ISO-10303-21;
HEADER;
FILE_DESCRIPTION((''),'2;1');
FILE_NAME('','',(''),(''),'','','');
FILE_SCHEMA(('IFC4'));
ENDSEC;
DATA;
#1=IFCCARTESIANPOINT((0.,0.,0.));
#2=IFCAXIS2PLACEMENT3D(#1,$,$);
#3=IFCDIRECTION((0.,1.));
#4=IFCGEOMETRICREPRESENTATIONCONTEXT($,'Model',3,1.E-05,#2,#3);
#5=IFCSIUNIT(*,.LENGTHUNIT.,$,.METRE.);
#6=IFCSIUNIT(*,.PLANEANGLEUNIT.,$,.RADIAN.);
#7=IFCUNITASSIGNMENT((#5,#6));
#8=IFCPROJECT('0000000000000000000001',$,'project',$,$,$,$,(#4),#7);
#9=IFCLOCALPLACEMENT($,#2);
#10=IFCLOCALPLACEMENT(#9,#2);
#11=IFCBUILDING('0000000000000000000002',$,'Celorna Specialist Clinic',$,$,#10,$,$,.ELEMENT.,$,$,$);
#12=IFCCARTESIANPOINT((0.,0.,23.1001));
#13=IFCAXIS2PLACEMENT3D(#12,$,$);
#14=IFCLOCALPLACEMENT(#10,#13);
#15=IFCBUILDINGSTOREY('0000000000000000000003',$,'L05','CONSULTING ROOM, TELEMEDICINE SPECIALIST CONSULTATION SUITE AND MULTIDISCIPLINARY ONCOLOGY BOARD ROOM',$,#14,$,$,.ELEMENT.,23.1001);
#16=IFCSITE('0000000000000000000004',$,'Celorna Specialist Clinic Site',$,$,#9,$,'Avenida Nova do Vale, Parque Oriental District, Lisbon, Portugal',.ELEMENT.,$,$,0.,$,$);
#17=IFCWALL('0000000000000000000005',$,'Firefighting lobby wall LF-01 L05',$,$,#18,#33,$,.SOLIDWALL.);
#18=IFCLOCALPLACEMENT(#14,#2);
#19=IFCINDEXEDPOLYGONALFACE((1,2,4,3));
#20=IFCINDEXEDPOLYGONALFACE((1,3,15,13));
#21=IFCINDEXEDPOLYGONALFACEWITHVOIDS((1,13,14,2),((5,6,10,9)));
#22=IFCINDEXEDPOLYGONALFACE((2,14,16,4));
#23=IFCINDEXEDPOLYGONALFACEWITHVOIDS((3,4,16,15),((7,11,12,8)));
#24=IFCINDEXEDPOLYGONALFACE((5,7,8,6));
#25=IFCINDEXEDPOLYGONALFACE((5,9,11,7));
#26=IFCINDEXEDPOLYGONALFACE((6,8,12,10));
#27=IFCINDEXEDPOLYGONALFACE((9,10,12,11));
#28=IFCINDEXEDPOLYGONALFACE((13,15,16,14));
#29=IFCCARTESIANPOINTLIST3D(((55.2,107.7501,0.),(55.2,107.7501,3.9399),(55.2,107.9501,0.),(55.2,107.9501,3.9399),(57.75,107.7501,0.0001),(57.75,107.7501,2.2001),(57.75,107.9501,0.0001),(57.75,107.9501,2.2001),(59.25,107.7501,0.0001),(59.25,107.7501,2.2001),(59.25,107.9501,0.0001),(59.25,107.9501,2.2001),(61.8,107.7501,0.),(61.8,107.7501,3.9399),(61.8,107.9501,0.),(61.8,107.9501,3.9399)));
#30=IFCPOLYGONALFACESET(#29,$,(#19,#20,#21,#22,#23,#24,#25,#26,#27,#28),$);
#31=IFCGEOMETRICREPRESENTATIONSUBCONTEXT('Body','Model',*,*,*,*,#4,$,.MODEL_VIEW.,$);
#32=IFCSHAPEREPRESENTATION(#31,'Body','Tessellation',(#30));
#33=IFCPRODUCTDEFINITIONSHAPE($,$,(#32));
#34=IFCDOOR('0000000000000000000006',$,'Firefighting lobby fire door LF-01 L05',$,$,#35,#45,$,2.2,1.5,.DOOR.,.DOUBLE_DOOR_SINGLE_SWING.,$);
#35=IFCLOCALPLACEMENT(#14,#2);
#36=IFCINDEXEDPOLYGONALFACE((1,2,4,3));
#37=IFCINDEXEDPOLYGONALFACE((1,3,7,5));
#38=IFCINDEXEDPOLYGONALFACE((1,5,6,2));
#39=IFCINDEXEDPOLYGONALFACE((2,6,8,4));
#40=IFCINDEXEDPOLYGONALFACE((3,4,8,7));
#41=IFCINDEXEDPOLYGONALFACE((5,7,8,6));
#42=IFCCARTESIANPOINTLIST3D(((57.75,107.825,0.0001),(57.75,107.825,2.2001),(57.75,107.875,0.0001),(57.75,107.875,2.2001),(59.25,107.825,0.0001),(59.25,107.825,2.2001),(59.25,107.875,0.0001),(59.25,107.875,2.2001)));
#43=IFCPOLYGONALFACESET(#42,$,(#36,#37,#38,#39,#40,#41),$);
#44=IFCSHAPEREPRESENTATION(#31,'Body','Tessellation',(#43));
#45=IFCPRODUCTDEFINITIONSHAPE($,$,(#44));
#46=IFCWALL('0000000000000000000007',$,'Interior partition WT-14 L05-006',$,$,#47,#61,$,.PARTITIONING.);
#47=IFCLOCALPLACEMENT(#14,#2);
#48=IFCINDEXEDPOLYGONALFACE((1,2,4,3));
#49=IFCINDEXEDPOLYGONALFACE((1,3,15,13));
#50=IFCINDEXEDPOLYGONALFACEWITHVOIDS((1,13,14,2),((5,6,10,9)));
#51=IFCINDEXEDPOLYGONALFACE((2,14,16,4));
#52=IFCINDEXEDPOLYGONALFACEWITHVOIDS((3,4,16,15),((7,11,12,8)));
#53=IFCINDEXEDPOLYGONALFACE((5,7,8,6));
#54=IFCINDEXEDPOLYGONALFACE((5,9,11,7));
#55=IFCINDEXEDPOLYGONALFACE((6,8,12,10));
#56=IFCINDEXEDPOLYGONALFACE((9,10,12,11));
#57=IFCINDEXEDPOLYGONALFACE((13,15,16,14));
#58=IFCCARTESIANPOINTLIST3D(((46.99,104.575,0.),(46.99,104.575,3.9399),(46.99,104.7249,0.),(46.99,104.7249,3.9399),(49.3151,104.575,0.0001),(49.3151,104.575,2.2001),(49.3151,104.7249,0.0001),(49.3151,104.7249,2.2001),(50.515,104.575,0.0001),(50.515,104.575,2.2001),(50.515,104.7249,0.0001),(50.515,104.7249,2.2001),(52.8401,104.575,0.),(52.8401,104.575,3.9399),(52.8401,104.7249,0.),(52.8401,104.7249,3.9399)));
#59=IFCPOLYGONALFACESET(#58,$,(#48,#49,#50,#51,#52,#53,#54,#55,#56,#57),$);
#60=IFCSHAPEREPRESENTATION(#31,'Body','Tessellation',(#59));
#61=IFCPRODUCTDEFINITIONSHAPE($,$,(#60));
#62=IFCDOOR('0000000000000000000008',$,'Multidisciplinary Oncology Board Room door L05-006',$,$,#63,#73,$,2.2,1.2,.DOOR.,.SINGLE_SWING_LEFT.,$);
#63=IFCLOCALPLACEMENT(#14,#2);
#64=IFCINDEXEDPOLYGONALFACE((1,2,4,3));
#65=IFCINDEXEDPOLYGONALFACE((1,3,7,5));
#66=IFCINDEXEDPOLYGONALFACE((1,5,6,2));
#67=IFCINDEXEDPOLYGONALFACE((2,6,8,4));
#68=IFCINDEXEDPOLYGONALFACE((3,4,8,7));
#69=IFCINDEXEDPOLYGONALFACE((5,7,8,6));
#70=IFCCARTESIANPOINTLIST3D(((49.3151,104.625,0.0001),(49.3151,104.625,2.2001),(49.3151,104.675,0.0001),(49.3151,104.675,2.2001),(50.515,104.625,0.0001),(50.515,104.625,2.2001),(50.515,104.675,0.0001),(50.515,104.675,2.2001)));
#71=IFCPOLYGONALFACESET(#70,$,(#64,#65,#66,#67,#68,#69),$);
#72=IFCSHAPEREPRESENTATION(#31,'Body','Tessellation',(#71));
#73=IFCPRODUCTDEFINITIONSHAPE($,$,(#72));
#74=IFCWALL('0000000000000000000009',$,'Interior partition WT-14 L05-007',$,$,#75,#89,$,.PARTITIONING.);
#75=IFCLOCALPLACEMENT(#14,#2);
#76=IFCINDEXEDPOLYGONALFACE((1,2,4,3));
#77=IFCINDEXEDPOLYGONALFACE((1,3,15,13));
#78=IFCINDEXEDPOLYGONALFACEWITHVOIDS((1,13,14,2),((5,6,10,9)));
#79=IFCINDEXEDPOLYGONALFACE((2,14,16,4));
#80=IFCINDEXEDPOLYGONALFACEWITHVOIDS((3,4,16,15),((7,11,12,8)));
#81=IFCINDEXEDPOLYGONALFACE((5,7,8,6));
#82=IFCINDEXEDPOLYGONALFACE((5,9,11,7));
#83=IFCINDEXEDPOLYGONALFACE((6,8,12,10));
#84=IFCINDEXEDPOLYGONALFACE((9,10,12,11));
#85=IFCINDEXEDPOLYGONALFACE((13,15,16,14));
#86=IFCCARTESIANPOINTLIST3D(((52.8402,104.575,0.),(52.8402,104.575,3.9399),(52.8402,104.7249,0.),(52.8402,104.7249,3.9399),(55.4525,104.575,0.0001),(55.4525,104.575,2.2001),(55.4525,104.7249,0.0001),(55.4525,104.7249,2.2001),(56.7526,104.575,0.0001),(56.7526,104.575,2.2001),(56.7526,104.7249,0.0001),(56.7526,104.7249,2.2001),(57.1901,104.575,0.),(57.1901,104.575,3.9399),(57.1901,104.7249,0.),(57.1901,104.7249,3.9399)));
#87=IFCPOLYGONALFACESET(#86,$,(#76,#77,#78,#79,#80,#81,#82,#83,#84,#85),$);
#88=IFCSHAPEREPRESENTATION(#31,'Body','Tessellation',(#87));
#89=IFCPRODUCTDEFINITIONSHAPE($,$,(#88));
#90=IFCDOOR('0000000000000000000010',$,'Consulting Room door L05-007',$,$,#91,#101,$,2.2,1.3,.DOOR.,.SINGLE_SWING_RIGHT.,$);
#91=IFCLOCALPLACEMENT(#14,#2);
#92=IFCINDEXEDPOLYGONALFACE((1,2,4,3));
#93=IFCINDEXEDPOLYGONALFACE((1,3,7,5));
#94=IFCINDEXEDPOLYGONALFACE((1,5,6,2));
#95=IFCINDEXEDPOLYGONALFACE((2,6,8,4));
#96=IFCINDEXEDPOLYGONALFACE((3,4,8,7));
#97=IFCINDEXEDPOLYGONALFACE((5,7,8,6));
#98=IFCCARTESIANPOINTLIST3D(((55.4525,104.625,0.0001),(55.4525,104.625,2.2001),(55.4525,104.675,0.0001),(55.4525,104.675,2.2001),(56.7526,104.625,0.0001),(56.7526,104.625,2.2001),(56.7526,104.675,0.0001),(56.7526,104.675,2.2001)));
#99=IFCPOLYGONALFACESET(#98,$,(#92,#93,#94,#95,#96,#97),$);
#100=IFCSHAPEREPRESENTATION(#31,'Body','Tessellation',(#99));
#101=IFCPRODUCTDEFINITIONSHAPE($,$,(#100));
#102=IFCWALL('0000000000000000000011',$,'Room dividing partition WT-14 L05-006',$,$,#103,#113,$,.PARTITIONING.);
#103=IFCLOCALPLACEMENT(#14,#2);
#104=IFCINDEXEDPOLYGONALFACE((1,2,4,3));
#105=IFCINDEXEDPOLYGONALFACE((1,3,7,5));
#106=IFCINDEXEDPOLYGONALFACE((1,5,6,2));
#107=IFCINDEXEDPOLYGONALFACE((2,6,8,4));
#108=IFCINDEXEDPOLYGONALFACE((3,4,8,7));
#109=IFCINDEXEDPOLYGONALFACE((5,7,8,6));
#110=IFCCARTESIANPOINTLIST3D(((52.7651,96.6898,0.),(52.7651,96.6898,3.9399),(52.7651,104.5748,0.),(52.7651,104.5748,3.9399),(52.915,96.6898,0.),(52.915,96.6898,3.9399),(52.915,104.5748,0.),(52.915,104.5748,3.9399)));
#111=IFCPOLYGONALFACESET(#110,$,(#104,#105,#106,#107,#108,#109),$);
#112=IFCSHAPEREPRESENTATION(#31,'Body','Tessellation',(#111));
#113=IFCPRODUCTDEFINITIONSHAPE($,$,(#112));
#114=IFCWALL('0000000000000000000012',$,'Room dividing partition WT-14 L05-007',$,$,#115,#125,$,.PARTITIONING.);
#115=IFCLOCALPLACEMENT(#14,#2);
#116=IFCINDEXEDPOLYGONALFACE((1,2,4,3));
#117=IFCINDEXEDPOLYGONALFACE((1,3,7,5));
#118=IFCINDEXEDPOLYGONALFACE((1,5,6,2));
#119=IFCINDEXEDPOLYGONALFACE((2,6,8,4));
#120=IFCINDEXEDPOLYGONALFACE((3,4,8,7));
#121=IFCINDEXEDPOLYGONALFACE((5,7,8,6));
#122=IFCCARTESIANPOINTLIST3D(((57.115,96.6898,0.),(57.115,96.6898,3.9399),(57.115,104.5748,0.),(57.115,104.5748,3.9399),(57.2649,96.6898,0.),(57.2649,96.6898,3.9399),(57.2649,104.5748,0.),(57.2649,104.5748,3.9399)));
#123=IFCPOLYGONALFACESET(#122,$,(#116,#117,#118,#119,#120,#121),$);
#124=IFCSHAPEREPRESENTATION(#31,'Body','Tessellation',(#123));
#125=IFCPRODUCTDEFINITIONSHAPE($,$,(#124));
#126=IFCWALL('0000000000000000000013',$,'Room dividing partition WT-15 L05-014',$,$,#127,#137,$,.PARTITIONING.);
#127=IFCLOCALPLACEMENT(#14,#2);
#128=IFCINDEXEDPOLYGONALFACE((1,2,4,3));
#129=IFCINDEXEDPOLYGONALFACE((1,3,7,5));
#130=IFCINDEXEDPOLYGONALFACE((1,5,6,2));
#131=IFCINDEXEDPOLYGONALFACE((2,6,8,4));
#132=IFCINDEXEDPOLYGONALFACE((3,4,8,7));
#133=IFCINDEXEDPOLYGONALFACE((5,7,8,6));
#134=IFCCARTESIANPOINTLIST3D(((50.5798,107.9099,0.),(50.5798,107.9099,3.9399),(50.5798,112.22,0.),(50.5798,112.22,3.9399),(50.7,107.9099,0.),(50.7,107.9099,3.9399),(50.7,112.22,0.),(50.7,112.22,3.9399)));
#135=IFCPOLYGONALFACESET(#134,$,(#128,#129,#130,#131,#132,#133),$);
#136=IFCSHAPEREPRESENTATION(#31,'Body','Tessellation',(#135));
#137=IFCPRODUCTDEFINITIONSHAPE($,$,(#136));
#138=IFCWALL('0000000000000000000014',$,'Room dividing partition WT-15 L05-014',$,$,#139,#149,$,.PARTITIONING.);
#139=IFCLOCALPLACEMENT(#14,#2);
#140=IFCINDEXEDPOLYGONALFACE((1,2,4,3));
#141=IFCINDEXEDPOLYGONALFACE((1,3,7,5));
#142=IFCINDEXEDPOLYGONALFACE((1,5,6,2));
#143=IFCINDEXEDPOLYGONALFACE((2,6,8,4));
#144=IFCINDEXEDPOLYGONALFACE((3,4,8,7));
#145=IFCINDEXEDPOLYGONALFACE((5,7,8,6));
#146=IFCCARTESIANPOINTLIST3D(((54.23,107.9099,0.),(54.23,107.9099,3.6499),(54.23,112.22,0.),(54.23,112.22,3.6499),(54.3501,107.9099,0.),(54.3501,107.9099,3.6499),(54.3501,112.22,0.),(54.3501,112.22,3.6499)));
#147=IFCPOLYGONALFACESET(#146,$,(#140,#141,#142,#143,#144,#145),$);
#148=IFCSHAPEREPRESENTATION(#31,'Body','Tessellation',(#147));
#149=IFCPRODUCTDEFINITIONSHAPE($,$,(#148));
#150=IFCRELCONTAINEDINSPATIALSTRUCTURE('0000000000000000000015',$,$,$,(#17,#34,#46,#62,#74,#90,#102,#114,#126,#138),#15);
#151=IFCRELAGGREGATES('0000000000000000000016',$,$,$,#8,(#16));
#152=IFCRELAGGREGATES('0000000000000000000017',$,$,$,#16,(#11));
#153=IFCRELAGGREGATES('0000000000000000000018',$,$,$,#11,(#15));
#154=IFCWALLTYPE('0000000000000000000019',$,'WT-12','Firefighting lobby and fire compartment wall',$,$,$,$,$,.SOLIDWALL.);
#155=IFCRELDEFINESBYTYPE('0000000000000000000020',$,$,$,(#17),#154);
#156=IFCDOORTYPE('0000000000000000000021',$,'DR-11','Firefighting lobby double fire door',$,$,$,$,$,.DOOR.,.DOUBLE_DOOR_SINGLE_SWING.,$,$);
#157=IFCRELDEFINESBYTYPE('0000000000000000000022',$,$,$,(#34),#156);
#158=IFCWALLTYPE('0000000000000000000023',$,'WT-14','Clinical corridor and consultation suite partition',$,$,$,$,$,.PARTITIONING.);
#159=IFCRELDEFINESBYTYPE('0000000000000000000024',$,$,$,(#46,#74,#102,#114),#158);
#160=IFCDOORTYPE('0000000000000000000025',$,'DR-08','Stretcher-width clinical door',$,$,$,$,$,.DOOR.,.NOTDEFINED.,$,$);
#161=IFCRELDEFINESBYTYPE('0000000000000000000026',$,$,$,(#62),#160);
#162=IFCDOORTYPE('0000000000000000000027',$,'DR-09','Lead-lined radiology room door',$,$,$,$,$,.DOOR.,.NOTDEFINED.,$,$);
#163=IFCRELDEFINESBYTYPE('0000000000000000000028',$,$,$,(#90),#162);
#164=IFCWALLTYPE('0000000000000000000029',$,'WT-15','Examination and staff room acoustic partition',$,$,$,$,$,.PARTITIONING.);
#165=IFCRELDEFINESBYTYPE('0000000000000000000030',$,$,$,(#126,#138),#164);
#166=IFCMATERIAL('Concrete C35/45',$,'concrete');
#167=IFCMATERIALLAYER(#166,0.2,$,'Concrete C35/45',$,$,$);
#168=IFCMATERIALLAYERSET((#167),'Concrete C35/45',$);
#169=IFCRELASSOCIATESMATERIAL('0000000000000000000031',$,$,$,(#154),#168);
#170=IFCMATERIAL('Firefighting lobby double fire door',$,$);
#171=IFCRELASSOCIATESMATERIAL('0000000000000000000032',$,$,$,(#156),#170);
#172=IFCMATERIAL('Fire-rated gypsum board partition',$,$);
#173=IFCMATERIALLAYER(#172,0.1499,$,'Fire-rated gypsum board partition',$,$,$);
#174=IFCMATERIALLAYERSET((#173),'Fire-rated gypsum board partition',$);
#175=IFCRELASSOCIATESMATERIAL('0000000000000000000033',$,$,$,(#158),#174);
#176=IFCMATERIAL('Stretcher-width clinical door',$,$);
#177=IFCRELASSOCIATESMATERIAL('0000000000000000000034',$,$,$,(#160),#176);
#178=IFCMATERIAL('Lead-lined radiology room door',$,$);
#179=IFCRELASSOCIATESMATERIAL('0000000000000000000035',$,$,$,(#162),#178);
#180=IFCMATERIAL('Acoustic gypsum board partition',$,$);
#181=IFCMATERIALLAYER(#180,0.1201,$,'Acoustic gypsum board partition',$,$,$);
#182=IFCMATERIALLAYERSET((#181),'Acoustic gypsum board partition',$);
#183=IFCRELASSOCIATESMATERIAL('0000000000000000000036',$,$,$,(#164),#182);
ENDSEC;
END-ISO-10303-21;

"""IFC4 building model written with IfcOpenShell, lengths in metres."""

from ifc_helpers import new_model, si_unit, direction, frame, frame_2d, origin, place, context, subcontext, project, spatial, rectangle, extrude, material, layer, layer_set, type_object, element, fill, save


model = new_model("IFC4")

# Units and contexts
model_context = context("Model", 3, precision=1e-05, world=origin(), true_north=direction((0.0, 1.0)))
body_context = subcontext(model_context, "Body", "Model", "MODEL_VIEW")
ifc_project = project(units=[si_unit("LENGTHUNIT", "METRE"), si_unit("PLANEANGLEUNIT", "RADIAN")], contexts=[model_context])

# Site, building, storey
site_placement = place(None, origin())
site = spatial("IfcSite", under=ifc_project, at=site_placement, Name="Celorna Specialist Clinic Site", LongName="Avenida Nova do Vale, Parque Oriental District, Lisbon, Portugal", CompositionType="ELEMENT", RefElevation=0.0)
building_placement = place(site_placement, origin())
building = spatial("IfcBuilding", under=site, at=building_placement, Name="Celorna Specialist Clinic", CompositionType="ELEMENT")
storey_placement = place(building_placement, frame((0.0, 0.0, 23.1001)))
storey = spatial("IfcBuildingStorey", under=building, at=storey_placement, Name="L05", Description="CONSULTING ROOM, TELEMEDICINE SPECIALIST CONSULTATION SUITE AND MULTIDISCIPLINARY ONCOLOGY BOARD ROOM", CompositionType="ELEMENT", Elevation=23.1001)

# Shared definitions
ifc_material_1 = material(Name="Concrete C35/45", Category="concrete")

# Walls, openings, doors
ifc_layer_1 = layer(ifc_material_1, 0.2, Name="Concrete C35/45")
ifc_layer_set_1 = layer_set([ifc_layer_1], Name="Concrete C35/45")
wall_type_1 = type_object("IfcWallType", Name="WT-12", Description="Firefighting lobby and fire compartment wall", PredefinedType="SOLIDWALL", material=ifc_layer_set_1)
wall_1_placement = place(storey_placement, frame((55.2, 107.8501, 0.0), z_axis=(0.0, 0.0, 1.0), x_axis=(1.0, 0.0, 0.0)))
wall_1 = element("IfcWall", 1, at=wall_1_placement, inside=storey, type_object=wall_type_1, Name="Firefighting lobby wall LF-01 L05", PredefinedType="SOLIDWALL", context=body_context, shape_type="SweptSolid", body=[
    extrude(rectangle(XDim=6.6001, YDim=0.2, at=frame_2d((3.3, 0.0))), origin(), (0.0, 0.0, 1.0), 3.9399),
])
opening_1_placement = place(wall_1_placement, frame((2.55, 0.0, 0.0)))
opening_1 = element("IfcOpeningElement", 2, at=opening_1_placement, cuts=wall_1, PredefinedType="OPENING", context=body_context, shape_type="SweptSolid", body=[
    extrude(rectangle(XDim=1.5, YDim=2.2, at=frame_2d((0.75, 1.1001))), frame((0.0, 0.1099, 0.0), z_axis=(0.0, -1.0, 0.0), x_axis=(1.0, 0.0, 0.0)), (0.0, 0.0, 1.0), 0.22),
])
ifc_material_2 = material(Name="Firefighting lobby double fire door")
door_type_1 = type_object("IfcDoorType", Name="DR-11", Description="Firefighting lobby double fire door", OperationType="DOUBLE_DOOR_SINGLE_SWING", PredefinedType="DOOR", material=ifc_material_2)
door_1_placement = place(opening_1_placement, origin())
door_1 = element("IfcDoor", 3, at=door_1_placement, inside=storey, type_object=door_type_1, Name="Firefighting lobby fire door LF-01 L05", OperationType="DOUBLE_DOOR_SINGLE_SWING", OverallHeight=2.2, OverallWidth=1.5, PredefinedType="DOOR", context=body_context, shape_type="SweptSolid", body=[
    extrude(rectangle(XDim=1.5, YDim=2.2, at=frame_2d((0.75, 1.1001))), frame((0.0, 0.0249, 0.0), z_axis=(0.0, -1.0, 0.0), x_axis=(1.0, 0.0, 0.0)), (0.0, 0.0, 1.0), 0.05),
])
fill(opening_1, door_1)
ifc_material_3 = material(Name="Fire-rated gypsum board partition")
ifc_layer_2 = layer(ifc_material_3, 0.1499, Name="Fire-rated gypsum board partition")
ifc_layer_set_2 = layer_set([ifc_layer_2], Name="Fire-rated gypsum board partition")
wall_type_2 = type_object("IfcWallType", Name="WT-14", Description="Clinical corridor and consultation suite partition", PredefinedType="PARTITIONING", material=ifc_layer_set_2)
wall_2_placement = place(storey_placement, frame((52.8401, 104.6499, 0.0), z_axis=(0.0, 0.0, 1.0), x_axis=(-1.0, 0.0, 0.0)))
wall_2 = element("IfcWall", 4, at=wall_2_placement, inside=storey, type_object=wall_type_2, Name="Interior partition WT-14 L05-006", PredefinedType="PARTITIONING", context=body_context, shape_type="SweptSolid", body=[
    extrude(rectangle(XDim=5.8501, YDim=0.1499, at=frame_2d((2.925, 0.0))), origin(), (0.0, 0.0, 1.0), 3.9399),
])
opening_2_placement = place(wall_2_placement, frame((2.325, 0.0, 0.0)))
opening_2 = element("IfcOpeningElement", 5, at=opening_2_placement, cuts=wall_2, PredefinedType="OPENING", context=body_context, shape_type="SweptSolid", body=[
    extrude(rectangle(XDim=1.2, YDim=2.2, at=frame_2d((0.6001, 1.1001))), frame((0.0, 0.085, 0.0), z_axis=(0.0, -1.0, 0.0), x_axis=(1.0, 0.0, 0.0)), (0.0, 0.0, 1.0), 0.1699),
])
ifc_material_4 = material(Name="Stretcher-width clinical door")
door_type_2 = type_object("IfcDoorType", Name="DR-08", Description="Stretcher-width clinical door", OperationType="NOTDEFINED", PredefinedType="DOOR", material=ifc_material_4)
door_2_placement = place(opening_2_placement, origin())
door_2 = element("IfcDoor", 6, at=door_2_placement, inside=storey, type_object=door_type_2, Name="Multidisciplinary Oncology Board Room door L05-006", OperationType="SINGLE_SWING_LEFT", OverallHeight=2.2, OverallWidth=1.2, PredefinedType="DOOR", context=body_context, shape_type="SweptSolid", body=[
    extrude(rectangle(XDim=1.2, YDim=2.2, at=frame_2d((0.6001, 1.1001))), frame((0.0, 0.0249, 0.0), z_axis=(0.0, -1.0, 0.0), x_axis=(1.0, 0.0, 0.0)), (0.0, 0.0, 1.0), 0.05),
])
fill(opening_2, door_2)
wall_3_placement = place(storey_placement, frame((57.1899, 104.6499, 0.0), z_axis=(0.0, 0.0, 1.0), x_axis=(-1.0, 0.0, 0.0)))
wall_3 = element("IfcWall", 7, at=wall_3_placement, inside=storey, type_object=wall_type_2, Name="Interior partition WT-14 L05-007", PredefinedType="PARTITIONING", context=body_context, shape_type="SweptSolid", body=[
    extrude(rectangle(XDim=4.3499, YDim=0.1499, at=frame_2d((2.1748, 0.0))), origin(), (0.0, 0.0, 1.0), 3.9399),
])
opening_3_placement = place(wall_3_placement, frame((0.4375, 0.0, 0.0)))
opening_3 = element("IfcOpeningElement", 8, at=opening_3_placement, cuts=wall_3, PredefinedType="OPENING", context=body_context, shape_type="SweptSolid", body=[
    extrude(rectangle(XDim=1.3, YDim=2.2, at=frame_2d((0.6499, 1.1001))), frame((0.0, 0.085, 0.0), z_axis=(0.0, -1.0, 0.0), x_axis=(1.0, 0.0, 0.0)), (0.0, 0.0, 1.0), 0.1699),
])
ifc_material_5 = material(Name="Lead-lined radiology room door")
door_type_3 = type_object("IfcDoorType", Name="DR-09", Description="Lead-lined radiology room door", OperationType="NOTDEFINED", PredefinedType="DOOR", material=ifc_material_5)
door_3_placement = place(opening_3_placement, origin())
door_3 = element("IfcDoor", 9, at=door_3_placement, inside=storey, type_object=door_type_3, Name="Consulting Room door L05-007", OperationType="SINGLE_SWING_RIGHT", OverallHeight=2.2, OverallWidth=1.3, PredefinedType="DOOR", context=body_context, shape_type="SweptSolid", body=[
    extrude(rectangle(XDim=1.3, YDim=2.2, at=frame_2d((0.6499, 1.1001))), frame((0.0, 0.0249, 0.0), z_axis=(0.0, -1.0, 0.0), x_axis=(1.0, 0.0, 0.0)), (0.0, 0.0, 1.0), 0.05),
])
fill(opening_3, door_3)

# Walls
for number, where, z_axis, x_axis, name in (
    (10, (52.8401, 96.6899, 0.0), (0.0, 0.0, 1.0), (0.0, 1.0, 0.0), "Room dividing partition WT-14 L05-006"),
    (11, (57.1899, 96.6899, 0.0), (0.0, 0.0, 1.0), (0.0, 1.0, 0.0), "Room dividing partition WT-14 L05-007"),
):
    element("IfcWall", number, at=place(storey_placement, frame(where, z_axis=z_axis, x_axis=x_axis)), inside=storey, type_object=wall_type_2, Name=name, PredefinedType="PARTITIONING", context=body_context, shape_type="SweptSolid", body=[
        extrude(rectangle(XDim=7.885, YDim=0.1499, at=frame_2d((3.9424, 0.0))), origin(), (0.0, 0.0, 1.0), 3.9399),
    ])
ifc_material_6 = material(Name="Acoustic gypsum board partition")
ifc_layer_3 = layer(ifc_material_6, 0.1201, Name="Acoustic gypsum board partition")
ifc_layer_set_3 = layer_set([ifc_layer_3], Name="Acoustic gypsum board partition")
wall_type_3 = type_object("IfcWallType", Name="WT-15", Description="Examination and staff room acoustic partition", PredefinedType="PARTITIONING", material=ifc_layer_set_3)
wall_4_placement = place(storey_placement, frame((50.6399, 107.9099, 0.0), z_axis=(0.0, 0.0, 1.0), x_axis=(0.0, 1.0, 0.0)))
element("IfcWall", 12, at=wall_4_placement, inside=storey, type_object=wall_type_3, Name="Room dividing partition WT-15 L05-014", PredefinedType="PARTITIONING", context=body_context, shape_type="SweptSolid", body=[
    extrude(rectangle(XDim=4.3101, YDim=0.1201, at=frame_2d((2.155, 0.0))), origin(), (0.0, 0.0, 1.0), 3.9399),
])
wall_5_placement = place(storey_placement, frame((54.29, 107.9099, 0.0), z_axis=(0.0, 0.0, 1.0), x_axis=(0.0, 1.0, 0.0)))
element("IfcWall", 13, at=wall_5_placement, inside=storey, type_object=wall_type_3, Name="Room dividing partition WT-15 L05-014", PredefinedType="PARTITIONING", context=body_context, shape_type="SweptSolid", body=[
    extrude(rectangle(XDim=4.3101, YDim=0.1201, at=frame_2d((2.155, 0.0))), origin(), (0.0, 0.0, 1.0), 3.6499),
])

save(model, "model.ifc")
